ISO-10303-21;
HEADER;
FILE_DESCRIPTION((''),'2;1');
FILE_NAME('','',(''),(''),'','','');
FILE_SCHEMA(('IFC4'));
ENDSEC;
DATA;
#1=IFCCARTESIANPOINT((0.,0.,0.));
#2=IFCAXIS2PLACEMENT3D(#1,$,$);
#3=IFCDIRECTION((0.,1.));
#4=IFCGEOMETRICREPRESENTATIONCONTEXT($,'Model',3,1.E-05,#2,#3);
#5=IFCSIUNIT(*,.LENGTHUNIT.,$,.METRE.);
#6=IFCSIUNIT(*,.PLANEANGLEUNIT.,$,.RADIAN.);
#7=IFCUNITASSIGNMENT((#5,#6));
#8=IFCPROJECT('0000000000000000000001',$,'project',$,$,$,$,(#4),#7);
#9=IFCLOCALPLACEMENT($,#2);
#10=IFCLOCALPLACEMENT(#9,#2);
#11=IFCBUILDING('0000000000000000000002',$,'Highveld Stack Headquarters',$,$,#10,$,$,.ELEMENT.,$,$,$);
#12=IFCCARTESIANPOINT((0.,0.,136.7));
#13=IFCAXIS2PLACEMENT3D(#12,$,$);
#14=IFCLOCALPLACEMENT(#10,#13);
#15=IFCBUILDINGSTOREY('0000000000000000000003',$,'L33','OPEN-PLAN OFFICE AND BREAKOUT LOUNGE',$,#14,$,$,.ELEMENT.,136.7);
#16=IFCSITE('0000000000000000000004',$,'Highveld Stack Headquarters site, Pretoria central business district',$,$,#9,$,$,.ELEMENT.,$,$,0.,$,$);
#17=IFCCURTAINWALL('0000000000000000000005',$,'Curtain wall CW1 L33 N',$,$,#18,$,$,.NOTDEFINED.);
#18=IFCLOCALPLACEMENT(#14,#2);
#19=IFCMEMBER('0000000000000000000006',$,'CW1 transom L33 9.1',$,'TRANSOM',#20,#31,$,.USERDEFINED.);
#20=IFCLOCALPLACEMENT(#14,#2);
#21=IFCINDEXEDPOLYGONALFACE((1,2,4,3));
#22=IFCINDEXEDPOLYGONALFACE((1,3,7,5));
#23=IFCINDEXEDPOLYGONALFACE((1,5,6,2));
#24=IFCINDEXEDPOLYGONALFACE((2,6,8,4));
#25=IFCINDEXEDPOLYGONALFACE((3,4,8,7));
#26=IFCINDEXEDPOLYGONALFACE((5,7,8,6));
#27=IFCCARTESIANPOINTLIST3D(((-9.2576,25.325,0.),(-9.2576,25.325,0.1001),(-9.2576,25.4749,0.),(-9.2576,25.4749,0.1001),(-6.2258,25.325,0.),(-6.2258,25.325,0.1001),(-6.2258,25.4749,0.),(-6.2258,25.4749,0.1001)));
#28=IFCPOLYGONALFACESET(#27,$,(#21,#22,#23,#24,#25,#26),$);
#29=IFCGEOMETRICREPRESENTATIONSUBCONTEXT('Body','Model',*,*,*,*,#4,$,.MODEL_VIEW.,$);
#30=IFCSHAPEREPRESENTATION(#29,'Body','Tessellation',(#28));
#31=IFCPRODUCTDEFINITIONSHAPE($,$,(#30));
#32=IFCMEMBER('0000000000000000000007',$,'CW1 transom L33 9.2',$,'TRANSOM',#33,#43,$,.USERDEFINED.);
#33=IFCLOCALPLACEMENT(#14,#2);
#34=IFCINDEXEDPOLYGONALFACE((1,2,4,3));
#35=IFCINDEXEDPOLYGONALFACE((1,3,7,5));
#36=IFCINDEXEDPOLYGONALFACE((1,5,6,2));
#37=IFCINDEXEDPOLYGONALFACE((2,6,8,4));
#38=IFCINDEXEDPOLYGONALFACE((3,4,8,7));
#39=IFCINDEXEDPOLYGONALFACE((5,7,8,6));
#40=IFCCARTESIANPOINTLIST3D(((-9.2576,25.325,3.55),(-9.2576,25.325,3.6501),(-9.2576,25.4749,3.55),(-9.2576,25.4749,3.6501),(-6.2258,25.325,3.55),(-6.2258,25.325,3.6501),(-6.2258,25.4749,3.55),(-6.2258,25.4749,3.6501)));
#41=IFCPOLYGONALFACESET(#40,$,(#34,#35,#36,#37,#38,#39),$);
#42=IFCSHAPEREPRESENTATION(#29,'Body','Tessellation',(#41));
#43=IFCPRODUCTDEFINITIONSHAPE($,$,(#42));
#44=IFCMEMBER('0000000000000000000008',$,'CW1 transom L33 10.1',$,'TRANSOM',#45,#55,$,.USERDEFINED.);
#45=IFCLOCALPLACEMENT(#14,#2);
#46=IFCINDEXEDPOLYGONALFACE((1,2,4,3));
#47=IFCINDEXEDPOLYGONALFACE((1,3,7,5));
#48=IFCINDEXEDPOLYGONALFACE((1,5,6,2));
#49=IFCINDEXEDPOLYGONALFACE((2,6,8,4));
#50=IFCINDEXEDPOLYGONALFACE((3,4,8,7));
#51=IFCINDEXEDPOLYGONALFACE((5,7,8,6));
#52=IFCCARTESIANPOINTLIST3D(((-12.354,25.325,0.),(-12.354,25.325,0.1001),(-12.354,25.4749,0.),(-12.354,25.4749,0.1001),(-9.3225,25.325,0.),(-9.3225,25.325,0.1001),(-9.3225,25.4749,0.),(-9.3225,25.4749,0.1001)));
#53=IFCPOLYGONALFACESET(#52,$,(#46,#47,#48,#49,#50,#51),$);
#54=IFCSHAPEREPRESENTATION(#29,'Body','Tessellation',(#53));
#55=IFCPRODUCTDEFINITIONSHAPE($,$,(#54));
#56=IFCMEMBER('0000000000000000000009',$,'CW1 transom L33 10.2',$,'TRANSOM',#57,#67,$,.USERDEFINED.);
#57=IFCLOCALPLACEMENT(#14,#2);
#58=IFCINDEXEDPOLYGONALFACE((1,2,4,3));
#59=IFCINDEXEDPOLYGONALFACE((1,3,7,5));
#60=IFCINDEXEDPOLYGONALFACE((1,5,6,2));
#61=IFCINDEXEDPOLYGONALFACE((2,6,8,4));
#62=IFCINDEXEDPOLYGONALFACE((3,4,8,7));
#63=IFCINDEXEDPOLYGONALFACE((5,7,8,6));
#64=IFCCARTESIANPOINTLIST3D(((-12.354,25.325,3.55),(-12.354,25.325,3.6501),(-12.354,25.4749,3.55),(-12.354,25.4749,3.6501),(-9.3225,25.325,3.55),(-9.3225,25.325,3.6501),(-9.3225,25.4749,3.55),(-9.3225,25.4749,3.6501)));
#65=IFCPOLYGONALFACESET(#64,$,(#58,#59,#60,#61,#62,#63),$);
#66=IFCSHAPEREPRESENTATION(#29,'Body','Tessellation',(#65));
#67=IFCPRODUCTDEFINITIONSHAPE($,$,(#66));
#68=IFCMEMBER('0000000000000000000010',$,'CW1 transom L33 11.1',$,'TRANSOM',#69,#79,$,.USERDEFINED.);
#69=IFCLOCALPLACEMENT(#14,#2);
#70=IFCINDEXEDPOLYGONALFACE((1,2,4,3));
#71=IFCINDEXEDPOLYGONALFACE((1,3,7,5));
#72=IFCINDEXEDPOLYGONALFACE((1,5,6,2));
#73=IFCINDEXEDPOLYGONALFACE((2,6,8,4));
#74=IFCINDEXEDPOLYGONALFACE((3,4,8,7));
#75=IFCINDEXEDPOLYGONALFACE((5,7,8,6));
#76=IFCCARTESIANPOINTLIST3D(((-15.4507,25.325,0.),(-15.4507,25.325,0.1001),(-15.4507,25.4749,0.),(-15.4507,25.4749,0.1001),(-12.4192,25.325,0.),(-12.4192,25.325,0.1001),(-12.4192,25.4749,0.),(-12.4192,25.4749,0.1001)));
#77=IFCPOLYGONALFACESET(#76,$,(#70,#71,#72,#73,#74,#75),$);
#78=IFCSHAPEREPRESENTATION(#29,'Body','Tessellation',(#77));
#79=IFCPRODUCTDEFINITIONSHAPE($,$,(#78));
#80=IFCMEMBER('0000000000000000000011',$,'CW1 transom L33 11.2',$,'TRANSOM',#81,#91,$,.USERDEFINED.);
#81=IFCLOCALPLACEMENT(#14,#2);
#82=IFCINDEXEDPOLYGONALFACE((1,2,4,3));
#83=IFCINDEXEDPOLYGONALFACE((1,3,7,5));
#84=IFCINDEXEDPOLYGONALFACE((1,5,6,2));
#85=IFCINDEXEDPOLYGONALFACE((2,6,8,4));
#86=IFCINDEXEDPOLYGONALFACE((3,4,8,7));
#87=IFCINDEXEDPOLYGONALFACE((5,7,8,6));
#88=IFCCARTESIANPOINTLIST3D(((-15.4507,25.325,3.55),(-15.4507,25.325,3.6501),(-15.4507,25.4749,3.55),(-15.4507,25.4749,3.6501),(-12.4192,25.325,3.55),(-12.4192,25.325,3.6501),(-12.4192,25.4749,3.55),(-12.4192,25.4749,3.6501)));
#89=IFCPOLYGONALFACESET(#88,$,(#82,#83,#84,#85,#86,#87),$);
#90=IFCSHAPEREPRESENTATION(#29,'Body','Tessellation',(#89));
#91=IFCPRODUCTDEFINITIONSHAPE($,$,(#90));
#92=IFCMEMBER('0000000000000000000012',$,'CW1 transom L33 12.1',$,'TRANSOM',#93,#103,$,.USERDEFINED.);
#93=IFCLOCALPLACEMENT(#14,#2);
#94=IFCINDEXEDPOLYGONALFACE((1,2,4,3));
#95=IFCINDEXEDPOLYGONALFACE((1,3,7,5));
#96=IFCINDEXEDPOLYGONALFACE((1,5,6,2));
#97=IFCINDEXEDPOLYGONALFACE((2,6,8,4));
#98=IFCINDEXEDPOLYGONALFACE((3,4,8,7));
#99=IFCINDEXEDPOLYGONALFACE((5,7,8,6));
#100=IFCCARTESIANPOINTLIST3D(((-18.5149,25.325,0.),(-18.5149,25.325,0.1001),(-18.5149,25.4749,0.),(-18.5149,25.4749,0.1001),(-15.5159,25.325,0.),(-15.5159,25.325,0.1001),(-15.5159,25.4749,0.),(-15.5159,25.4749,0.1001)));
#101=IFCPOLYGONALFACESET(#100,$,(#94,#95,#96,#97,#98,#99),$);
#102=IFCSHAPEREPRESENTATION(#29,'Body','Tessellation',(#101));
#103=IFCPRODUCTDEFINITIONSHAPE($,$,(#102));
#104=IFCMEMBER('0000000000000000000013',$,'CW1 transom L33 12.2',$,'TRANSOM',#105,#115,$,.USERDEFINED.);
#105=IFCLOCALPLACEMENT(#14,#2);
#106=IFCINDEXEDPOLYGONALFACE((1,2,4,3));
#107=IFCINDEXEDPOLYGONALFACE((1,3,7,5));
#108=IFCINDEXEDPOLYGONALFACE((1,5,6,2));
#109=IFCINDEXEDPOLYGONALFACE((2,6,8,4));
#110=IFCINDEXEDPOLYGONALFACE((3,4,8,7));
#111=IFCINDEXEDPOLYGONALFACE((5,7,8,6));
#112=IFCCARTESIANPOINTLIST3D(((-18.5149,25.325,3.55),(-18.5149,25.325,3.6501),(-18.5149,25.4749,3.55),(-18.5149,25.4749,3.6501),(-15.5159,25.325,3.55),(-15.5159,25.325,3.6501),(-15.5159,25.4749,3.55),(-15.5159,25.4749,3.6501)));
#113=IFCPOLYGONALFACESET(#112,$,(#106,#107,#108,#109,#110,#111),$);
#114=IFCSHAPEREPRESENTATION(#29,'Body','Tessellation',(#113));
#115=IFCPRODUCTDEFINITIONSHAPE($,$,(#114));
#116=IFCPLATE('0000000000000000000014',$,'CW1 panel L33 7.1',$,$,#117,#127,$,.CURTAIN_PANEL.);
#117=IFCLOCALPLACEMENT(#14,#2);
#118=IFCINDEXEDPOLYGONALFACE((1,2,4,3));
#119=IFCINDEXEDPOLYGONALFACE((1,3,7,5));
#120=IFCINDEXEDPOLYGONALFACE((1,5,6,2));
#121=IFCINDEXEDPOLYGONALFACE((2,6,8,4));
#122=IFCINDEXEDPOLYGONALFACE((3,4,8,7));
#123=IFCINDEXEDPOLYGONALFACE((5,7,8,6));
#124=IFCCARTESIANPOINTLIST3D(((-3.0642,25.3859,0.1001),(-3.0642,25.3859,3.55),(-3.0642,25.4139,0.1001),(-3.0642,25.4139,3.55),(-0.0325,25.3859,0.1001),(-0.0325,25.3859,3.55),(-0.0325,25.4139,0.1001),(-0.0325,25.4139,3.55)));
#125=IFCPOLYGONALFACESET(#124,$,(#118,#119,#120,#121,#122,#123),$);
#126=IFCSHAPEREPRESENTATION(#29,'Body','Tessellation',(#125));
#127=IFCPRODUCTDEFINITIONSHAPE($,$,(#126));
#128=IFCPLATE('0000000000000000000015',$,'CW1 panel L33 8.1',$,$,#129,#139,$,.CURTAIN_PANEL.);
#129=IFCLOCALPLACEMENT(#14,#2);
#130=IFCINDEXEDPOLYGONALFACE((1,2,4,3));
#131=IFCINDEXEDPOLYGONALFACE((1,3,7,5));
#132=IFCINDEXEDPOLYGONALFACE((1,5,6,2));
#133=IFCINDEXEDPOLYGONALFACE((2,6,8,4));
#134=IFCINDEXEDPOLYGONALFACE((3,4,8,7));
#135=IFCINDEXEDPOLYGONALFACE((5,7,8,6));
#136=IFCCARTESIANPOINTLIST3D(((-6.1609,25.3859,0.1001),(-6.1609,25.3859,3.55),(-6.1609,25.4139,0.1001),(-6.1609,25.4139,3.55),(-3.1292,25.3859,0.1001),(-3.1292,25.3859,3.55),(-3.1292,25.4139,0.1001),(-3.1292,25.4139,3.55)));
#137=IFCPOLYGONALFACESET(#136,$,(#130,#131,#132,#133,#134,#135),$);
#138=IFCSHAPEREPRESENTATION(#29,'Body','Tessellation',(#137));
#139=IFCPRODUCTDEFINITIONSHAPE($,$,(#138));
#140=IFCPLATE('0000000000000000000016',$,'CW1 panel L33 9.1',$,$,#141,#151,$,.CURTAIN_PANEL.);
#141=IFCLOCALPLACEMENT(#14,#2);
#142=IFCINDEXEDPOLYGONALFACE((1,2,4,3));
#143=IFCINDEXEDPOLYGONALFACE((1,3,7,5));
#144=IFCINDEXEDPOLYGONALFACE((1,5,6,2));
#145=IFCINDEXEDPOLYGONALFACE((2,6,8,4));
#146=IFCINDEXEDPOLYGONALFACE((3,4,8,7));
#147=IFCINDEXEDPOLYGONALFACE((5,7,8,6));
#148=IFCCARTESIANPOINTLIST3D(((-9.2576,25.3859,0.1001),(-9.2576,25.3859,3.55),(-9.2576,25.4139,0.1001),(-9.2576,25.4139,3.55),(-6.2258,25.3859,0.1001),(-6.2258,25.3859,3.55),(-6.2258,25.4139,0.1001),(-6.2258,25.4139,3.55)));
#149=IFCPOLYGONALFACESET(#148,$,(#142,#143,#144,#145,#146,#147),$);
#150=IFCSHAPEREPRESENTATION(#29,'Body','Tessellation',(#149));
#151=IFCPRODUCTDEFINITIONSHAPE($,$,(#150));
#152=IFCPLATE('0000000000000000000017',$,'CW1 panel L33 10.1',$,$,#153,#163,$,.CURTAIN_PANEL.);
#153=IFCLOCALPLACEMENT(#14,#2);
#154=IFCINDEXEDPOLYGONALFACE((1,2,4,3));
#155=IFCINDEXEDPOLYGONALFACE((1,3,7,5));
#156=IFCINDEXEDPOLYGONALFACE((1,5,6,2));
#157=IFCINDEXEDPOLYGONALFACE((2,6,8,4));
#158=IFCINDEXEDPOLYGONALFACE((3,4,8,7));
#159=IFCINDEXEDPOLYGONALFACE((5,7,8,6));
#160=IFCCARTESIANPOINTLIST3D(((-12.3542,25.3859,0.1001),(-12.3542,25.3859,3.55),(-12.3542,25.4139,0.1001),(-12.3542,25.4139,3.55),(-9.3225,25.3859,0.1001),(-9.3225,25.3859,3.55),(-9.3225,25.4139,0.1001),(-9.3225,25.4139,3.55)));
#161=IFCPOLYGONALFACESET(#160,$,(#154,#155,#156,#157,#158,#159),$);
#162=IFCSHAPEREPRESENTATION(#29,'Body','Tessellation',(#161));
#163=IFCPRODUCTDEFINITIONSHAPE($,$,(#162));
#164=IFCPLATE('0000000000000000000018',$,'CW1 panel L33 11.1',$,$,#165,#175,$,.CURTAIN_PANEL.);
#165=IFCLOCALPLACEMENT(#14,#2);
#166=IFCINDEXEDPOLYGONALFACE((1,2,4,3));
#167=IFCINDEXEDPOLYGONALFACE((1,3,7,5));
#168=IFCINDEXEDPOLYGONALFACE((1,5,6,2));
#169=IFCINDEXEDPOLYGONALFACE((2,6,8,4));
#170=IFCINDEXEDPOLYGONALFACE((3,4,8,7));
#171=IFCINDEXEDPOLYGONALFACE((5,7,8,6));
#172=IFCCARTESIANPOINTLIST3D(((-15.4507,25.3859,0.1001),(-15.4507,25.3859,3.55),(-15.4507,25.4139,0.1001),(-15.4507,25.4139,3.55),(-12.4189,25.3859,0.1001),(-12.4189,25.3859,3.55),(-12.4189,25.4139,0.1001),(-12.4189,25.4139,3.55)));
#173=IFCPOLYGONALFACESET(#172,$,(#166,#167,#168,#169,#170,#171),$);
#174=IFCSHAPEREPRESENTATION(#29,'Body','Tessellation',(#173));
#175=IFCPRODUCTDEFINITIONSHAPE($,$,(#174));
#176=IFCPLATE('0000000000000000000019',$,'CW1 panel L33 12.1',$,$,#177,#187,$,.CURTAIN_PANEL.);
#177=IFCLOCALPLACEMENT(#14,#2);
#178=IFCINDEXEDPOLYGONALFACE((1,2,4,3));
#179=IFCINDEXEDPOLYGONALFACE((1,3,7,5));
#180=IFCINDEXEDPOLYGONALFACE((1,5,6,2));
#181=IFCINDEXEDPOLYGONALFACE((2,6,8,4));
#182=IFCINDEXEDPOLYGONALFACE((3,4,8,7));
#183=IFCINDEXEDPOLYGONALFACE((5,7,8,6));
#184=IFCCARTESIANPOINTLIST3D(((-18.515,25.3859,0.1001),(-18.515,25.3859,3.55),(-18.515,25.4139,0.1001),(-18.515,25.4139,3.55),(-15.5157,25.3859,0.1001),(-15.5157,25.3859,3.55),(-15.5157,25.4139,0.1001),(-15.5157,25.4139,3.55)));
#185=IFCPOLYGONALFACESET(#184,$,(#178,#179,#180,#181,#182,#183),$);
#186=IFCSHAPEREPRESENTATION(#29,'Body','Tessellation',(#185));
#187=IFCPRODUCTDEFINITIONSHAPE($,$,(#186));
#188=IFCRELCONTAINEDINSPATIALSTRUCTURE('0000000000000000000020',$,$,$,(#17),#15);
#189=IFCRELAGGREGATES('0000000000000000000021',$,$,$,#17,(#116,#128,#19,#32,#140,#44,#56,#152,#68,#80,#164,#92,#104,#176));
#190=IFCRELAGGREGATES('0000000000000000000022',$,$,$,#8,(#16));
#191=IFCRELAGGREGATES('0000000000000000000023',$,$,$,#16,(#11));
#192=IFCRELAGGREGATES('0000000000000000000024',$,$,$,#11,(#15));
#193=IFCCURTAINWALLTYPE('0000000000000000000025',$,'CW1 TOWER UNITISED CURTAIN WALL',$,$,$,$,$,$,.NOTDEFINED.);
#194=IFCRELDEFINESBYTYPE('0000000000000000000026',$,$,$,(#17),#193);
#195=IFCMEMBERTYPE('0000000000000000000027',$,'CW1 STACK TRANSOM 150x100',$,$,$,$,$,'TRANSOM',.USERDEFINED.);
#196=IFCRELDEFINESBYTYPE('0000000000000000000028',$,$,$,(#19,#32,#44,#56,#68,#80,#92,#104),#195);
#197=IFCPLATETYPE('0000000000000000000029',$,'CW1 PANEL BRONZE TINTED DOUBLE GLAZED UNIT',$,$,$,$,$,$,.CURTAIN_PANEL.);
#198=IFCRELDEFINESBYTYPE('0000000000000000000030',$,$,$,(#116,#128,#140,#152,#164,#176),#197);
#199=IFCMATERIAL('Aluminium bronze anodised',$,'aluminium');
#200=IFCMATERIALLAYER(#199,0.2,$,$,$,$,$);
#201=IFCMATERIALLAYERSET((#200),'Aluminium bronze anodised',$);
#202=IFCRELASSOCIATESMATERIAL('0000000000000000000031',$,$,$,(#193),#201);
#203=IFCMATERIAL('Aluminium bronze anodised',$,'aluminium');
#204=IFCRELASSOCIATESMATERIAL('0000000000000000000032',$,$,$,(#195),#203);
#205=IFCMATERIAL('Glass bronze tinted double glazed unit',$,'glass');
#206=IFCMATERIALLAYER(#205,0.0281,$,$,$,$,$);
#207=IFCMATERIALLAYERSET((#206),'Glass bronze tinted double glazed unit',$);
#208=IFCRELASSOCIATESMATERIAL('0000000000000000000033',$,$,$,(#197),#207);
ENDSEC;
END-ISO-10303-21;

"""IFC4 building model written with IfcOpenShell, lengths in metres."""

from ifc_helpers import new_model, si_unit, direction, frame, origin, origin_2d, place, context, subcontext, project, spatial, rectangle, extrude, material, layer, layer_set, material_profile, profile_set, type_object, element, aggregate, save


model = new_model("IFC4")

# Units and contexts
model_context = context("Model", 3, precision=1e-05, world=origin(), true_north=direction((0.0, 1.0)))
body_context = subcontext(model_context, "Body", "Model", "MODEL_VIEW")
ifc_project = project(units=[si_unit("LENGTHUNIT", "METRE"), si_unit("PLANEANGLEUNIT", "RADIAN")], contexts=[model_context])

# Site, building, storey
site_placement = place(None, origin())
site = spatial("IfcSite", under=ifc_project, at=site_placement, Name="Highveld Stack Headquarters site, Pretoria central business district", CompositionType="ELEMENT", RefElevation=0.0)
building_placement = place(site_placement, origin())
building = spatial("IfcBuilding", under=site, at=building_placement, Name="Highveld Stack Headquarters", CompositionType="ELEMENT")
storey_placement = place(building_placement, frame((0.0, 0.0, 136.7)))
storey = spatial("IfcBuildingStorey", under=building, at=storey_placement, Name="L33", Description="OPEN-PLAN OFFICE AND BREAKOUT LOUNGE", CompositionType="ELEMENT", Elevation=136.7)

# Curtain wall, members, plates
ifc_material_1 = material(Name="Aluminium bronze anodised", Category="aluminium")
ifc_layer_1 = layer(ifc_material_1, 0.2)
ifc_layer_set_1 = layer_set([ifc_layer_1], Name="Aluminium bronze anodised")
curtain_wall_type = type_object("IfcCurtainWallType", Name="CW1 TOWER UNITISED CURTAIN WALL", PredefinedType="NOTDEFINED", material=ifc_layer_set_1)
curtain_wall_placement = place(storey_placement, origin())
curtain_wall = element("IfcCurtainWall", 1, at=curtain_wall_placement, inside=storey, type_object=curtain_wall_type, Name="Curtain wall CW1 L33 N", PredefinedType="NOTDEFINED")
ifc_material_2 = material(Name="Aluminium bronze anodised", Category="aluminium")
ifc_material_profile_1 = material_profile(ifc_material_2, rectangle(XDim=0.1499, YDim=0.1001, at=origin_2d()), Name="CW1 TRANSOM 150x100")
ifc_profile_set_1 = profile_set([ifc_material_profile_1], Name="Aluminium bronze anodised")
member_type_1 = type_object("IfcMemberType", Name="CW1 STACK TRANSOM 150x100", ElementType="TRANSOM", PredefinedType="USERDEFINED", material=ifc_profile_set_1)
member_1_placement = place(storey_placement, frame((-6.2258, 25.3999, 0.05), z_axis=(-1.0, 0.0, 0.0), x_axis=(0.0, -1.0, 0.0)))
member_1 = element("IfcMember", 2, at=member_1_placement, type_object=member_type_1, Name="CW1 transom L33 9.1", ObjectType="TRANSOM", PredefinedType="USERDEFINED", context=body_context, shape_type="SweptSolid", body=[
    extrude(rectangle(XDim=0.1499, YDim=0.1001, at=origin_2d()), origin(), (0.0, 0.0, 1.0), 3.0317),
])
member_2_placement = place(storey_placement, frame((-6.2258, 25.3999, 3.6001), z_axis=(-1.0, 0.0, 0.0), x_axis=(0.0, -1.0, 0.0)))
member_2 = element("IfcMember", 3, at=member_2_placement, type_object=member_type_1, Name="CW1 transom L33 9.2", ObjectType="TRANSOM", PredefinedType="USERDEFINED", context=body_context, shape_type="SweptSolid", body=[
    extrude(rectangle(XDim=0.1499, YDim=0.1001, at=origin_2d()), origin(), (0.0, 0.0, 1.0), 3.0317),
])
member_3_placement = place(storey_placement, frame((-9.3225, 25.3999, 0.05), z_axis=(-1.0, 0.0, 0.0), x_axis=(0.0, -1.0, 0.0)))
member_3 = element("IfcMember", 4, at=member_3_placement, type_object=member_type_1, Name="CW1 transom L33 10.1", ObjectType="TRANSOM", PredefinedType="USERDEFINED", context=body_context, shape_type="SweptSolid", body=[
    extrude(rectangle(XDim=0.1499, YDim=0.1001, at=origin_2d()), origin(), (0.0, 0.0, 1.0), 3.0315),
])
member_4_placement = place(storey_placement, frame((-9.3225, 25.3999, 3.6001), z_axis=(-1.0, 0.0, 0.0), x_axis=(0.0, -1.0, 0.0)))
member_4 = element("IfcMember", 5, at=member_4_placement, type_object=member_type_1, Name="CW1 transom L33 10.2", ObjectType="TRANSOM", PredefinedType="USERDEFINED", context=body_context, shape_type="SweptSolid", body=[
    extrude(rectangle(XDim=0.1499, YDim=0.1001, at=origin_2d()), origin(), (0.0, 0.0, 1.0), 3.0315),
])
member_5_placement = place(storey_placement, frame((-12.4192, 25.3999, 0.05), z_axis=(-1.0, 0.0, 0.0), x_axis=(0.0, -1.0, 0.0)))
member_5 = element("IfcMember", 6, at=member_5_placement, type_object=member_type_1, Name="CW1 transom L33 11.1", ObjectType="TRANSOM", PredefinedType="USERDEFINED", context=body_context, shape_type="SweptSolid", body=[
    extrude(rectangle(XDim=0.1499, YDim=0.1001, at=origin_2d()), origin(), (0.0, 0.0, 1.0), 3.0315),
])
member_6_placement = place(storey_placement, frame((-12.4192, 25.3999, 3.6001), z_axis=(-1.0, 0.0, 0.0), x_axis=(0.0, -1.0, 0.0)))
member_6 = element("IfcMember", 7, at=member_6_placement, type_object=member_type_1, Name="CW1 transom L33 11.2", ObjectType="TRANSOM", PredefinedType="USERDEFINED", context=body_context, shape_type="SweptSolid", body=[
    extrude(rectangle(XDim=0.1499, YDim=0.1001, at=origin_2d()), origin(), (0.0, 0.0, 1.0), 3.0315),
])
member_7_placement = place(storey_placement, frame((-15.5159, 25.3999, 0.05), z_axis=(-1.0, 0.0, 0.0), x_axis=(0.0, -1.0, 0.0)))
member_7 = element("IfcMember", 8, at=member_7_placement, type_object=member_type_1, Name="CW1 transom L33 12.1", ObjectType="TRANSOM", PredefinedType="USERDEFINED", context=body_context, shape_type="SweptSolid", body=[
    extrude(rectangle(XDim=0.1499, YDim=0.1001, at=origin_2d()), origin(), (0.0, 0.0, 1.0), 2.999),
])
member_8_placement = place(storey_placement, frame((-15.5159, 25.3999, 3.6001), z_axis=(-1.0, 0.0, 0.0), x_axis=(0.0, -1.0, 0.0)))
member_8 = element("IfcMember", 9, at=member_8_placement, type_object=member_type_1, Name="CW1 transom L33 12.2", ObjectType="TRANSOM", PredefinedType="USERDEFINED", context=body_context, shape_type="SweptSolid", body=[
    extrude(rectangle(XDim=0.1499, YDim=0.1001, at=origin_2d()), origin(), (0.0, 0.0, 1.0), 2.999),
])
ifc_material_3 = material(Name="Glass bronze tinted double glazed unit", Category="glass")
ifc_layer_2 = layer(ifc_material_3, 0.0281)
ifc_layer_set_2 = layer_set([ifc_layer_2], Name="Glass bronze tinted double glazed unit")
plate_type = type_object("IfcPlateType", Name="CW1 PANEL BRONZE TINTED DOUBLE GLAZED UNIT", PredefinedType="CURTAIN_PANEL", material=ifc_layer_set_2)
plate_1_placement = place(storey_placement, frame((-1.5483, 25.3999, 0.1001), z_axis=(0.0, 0.0, 1.0), x_axis=(-1.0, 0.0, 0.0)))
plate_1 = element("IfcPlate", 10, at=plate_1_placement, type_object=plate_type, Name="CW1 panel L33 7.1", PredefinedType="CURTAIN_PANEL", context=body_context, shape_type="SweptSolid", body=[
    extrude(rectangle(XDim=3.0317, YDim=0.0281, at=origin_2d()), origin(), (0.0, 0.0, 1.0), 3.45),
])
plate_2_placement = place(storey_placement, frame((-4.645, 25.3999, 0.1001), z_axis=(0.0, 0.0, 1.0), x_axis=(-1.0, 0.0, 0.0)))
plate_2 = element("IfcPlate", 11, at=plate_2_placement, type_object=plate_type, Name="CW1 panel L33 8.1", PredefinedType="CURTAIN_PANEL", context=body_context, shape_type="SweptSolid", body=[
    extrude(rectangle(XDim=3.0317, YDim=0.0281, at=origin_2d()), origin(), (0.0, 0.0, 1.0), 3.45),
])
plate_3_placement = place(storey_placement, frame((-7.7417, 25.3999, 0.1001), z_axis=(0.0, 0.0, 1.0), x_axis=(-1.0, 0.0, 0.0)))
plate_3 = element("IfcPlate", 12, at=plate_3_placement, type_object=plate_type, Name="CW1 panel L33 9.1", PredefinedType="CURTAIN_PANEL", context=body_context, shape_type="SweptSolid", body=[
    extrude(rectangle(XDim=3.0317, YDim=0.0281, at=origin_2d()), origin(), (0.0, 0.0, 1.0), 3.45),
])
plate_4_placement = place(storey_placement, frame((-10.8384, 25.3999, 0.1001), z_axis=(0.0, 0.0, 1.0), x_axis=(-1.0, 0.0, 0.0)))
plate_4 = element("IfcPlate", 13, at=plate_4_placement, type_object=plate_type, Name="CW1 panel L33 10.1", PredefinedType="CURTAIN_PANEL", context=body_context, shape_type="SweptSolid", body=[
    extrude(rectangle(XDim=3.0317, YDim=0.0281, at=origin_2d()), origin(), (0.0, 0.0, 1.0), 3.45),
])
plate_5_placement = place(storey_placement, frame((-13.9348, 25.3999, 0.1001), z_axis=(0.0, 0.0, 1.0), x_axis=(-1.0, 0.0, 0.0)))
plate_5 = element("IfcPlate", 14, at=plate_5_placement, type_object=plate_type, Name="CW1 panel L33 11.1", PredefinedType="CURTAIN_PANEL", context=body_context, shape_type="SweptSolid", body=[
    extrude(rectangle(XDim=3.0317, YDim=0.0281, at=origin_2d()), origin(), (0.0, 0.0, 1.0), 3.45),
])
plate_6_placement = place(storey_placement, frame((-17.0154, 25.3999, 0.1001), z_axis=(0.0, 0.0, 1.0), x_axis=(-1.0, 0.0, 0.0)))
plate_6 = element("IfcPlate", 15, at=plate_6_placement, type_object=plate_type, Name="CW1 panel L33 12.1", PredefinedType="CURTAIN_PANEL", context=body_context, shape_type="SweptSolid", body=[
    extrude(rectangle(XDim=2.9993, YDim=0.0281, at=origin_2d()), origin(), (0.0, 0.0, 1.0), 3.45),
])
aggregate(curtain_wall, [plate_1, plate_2, member_1, member_2, plate_3, member_3, member_4, plate_4, member_5, member_6, plate_5, member_7, member_8, plate_6])

save(model, "model.ifc")
